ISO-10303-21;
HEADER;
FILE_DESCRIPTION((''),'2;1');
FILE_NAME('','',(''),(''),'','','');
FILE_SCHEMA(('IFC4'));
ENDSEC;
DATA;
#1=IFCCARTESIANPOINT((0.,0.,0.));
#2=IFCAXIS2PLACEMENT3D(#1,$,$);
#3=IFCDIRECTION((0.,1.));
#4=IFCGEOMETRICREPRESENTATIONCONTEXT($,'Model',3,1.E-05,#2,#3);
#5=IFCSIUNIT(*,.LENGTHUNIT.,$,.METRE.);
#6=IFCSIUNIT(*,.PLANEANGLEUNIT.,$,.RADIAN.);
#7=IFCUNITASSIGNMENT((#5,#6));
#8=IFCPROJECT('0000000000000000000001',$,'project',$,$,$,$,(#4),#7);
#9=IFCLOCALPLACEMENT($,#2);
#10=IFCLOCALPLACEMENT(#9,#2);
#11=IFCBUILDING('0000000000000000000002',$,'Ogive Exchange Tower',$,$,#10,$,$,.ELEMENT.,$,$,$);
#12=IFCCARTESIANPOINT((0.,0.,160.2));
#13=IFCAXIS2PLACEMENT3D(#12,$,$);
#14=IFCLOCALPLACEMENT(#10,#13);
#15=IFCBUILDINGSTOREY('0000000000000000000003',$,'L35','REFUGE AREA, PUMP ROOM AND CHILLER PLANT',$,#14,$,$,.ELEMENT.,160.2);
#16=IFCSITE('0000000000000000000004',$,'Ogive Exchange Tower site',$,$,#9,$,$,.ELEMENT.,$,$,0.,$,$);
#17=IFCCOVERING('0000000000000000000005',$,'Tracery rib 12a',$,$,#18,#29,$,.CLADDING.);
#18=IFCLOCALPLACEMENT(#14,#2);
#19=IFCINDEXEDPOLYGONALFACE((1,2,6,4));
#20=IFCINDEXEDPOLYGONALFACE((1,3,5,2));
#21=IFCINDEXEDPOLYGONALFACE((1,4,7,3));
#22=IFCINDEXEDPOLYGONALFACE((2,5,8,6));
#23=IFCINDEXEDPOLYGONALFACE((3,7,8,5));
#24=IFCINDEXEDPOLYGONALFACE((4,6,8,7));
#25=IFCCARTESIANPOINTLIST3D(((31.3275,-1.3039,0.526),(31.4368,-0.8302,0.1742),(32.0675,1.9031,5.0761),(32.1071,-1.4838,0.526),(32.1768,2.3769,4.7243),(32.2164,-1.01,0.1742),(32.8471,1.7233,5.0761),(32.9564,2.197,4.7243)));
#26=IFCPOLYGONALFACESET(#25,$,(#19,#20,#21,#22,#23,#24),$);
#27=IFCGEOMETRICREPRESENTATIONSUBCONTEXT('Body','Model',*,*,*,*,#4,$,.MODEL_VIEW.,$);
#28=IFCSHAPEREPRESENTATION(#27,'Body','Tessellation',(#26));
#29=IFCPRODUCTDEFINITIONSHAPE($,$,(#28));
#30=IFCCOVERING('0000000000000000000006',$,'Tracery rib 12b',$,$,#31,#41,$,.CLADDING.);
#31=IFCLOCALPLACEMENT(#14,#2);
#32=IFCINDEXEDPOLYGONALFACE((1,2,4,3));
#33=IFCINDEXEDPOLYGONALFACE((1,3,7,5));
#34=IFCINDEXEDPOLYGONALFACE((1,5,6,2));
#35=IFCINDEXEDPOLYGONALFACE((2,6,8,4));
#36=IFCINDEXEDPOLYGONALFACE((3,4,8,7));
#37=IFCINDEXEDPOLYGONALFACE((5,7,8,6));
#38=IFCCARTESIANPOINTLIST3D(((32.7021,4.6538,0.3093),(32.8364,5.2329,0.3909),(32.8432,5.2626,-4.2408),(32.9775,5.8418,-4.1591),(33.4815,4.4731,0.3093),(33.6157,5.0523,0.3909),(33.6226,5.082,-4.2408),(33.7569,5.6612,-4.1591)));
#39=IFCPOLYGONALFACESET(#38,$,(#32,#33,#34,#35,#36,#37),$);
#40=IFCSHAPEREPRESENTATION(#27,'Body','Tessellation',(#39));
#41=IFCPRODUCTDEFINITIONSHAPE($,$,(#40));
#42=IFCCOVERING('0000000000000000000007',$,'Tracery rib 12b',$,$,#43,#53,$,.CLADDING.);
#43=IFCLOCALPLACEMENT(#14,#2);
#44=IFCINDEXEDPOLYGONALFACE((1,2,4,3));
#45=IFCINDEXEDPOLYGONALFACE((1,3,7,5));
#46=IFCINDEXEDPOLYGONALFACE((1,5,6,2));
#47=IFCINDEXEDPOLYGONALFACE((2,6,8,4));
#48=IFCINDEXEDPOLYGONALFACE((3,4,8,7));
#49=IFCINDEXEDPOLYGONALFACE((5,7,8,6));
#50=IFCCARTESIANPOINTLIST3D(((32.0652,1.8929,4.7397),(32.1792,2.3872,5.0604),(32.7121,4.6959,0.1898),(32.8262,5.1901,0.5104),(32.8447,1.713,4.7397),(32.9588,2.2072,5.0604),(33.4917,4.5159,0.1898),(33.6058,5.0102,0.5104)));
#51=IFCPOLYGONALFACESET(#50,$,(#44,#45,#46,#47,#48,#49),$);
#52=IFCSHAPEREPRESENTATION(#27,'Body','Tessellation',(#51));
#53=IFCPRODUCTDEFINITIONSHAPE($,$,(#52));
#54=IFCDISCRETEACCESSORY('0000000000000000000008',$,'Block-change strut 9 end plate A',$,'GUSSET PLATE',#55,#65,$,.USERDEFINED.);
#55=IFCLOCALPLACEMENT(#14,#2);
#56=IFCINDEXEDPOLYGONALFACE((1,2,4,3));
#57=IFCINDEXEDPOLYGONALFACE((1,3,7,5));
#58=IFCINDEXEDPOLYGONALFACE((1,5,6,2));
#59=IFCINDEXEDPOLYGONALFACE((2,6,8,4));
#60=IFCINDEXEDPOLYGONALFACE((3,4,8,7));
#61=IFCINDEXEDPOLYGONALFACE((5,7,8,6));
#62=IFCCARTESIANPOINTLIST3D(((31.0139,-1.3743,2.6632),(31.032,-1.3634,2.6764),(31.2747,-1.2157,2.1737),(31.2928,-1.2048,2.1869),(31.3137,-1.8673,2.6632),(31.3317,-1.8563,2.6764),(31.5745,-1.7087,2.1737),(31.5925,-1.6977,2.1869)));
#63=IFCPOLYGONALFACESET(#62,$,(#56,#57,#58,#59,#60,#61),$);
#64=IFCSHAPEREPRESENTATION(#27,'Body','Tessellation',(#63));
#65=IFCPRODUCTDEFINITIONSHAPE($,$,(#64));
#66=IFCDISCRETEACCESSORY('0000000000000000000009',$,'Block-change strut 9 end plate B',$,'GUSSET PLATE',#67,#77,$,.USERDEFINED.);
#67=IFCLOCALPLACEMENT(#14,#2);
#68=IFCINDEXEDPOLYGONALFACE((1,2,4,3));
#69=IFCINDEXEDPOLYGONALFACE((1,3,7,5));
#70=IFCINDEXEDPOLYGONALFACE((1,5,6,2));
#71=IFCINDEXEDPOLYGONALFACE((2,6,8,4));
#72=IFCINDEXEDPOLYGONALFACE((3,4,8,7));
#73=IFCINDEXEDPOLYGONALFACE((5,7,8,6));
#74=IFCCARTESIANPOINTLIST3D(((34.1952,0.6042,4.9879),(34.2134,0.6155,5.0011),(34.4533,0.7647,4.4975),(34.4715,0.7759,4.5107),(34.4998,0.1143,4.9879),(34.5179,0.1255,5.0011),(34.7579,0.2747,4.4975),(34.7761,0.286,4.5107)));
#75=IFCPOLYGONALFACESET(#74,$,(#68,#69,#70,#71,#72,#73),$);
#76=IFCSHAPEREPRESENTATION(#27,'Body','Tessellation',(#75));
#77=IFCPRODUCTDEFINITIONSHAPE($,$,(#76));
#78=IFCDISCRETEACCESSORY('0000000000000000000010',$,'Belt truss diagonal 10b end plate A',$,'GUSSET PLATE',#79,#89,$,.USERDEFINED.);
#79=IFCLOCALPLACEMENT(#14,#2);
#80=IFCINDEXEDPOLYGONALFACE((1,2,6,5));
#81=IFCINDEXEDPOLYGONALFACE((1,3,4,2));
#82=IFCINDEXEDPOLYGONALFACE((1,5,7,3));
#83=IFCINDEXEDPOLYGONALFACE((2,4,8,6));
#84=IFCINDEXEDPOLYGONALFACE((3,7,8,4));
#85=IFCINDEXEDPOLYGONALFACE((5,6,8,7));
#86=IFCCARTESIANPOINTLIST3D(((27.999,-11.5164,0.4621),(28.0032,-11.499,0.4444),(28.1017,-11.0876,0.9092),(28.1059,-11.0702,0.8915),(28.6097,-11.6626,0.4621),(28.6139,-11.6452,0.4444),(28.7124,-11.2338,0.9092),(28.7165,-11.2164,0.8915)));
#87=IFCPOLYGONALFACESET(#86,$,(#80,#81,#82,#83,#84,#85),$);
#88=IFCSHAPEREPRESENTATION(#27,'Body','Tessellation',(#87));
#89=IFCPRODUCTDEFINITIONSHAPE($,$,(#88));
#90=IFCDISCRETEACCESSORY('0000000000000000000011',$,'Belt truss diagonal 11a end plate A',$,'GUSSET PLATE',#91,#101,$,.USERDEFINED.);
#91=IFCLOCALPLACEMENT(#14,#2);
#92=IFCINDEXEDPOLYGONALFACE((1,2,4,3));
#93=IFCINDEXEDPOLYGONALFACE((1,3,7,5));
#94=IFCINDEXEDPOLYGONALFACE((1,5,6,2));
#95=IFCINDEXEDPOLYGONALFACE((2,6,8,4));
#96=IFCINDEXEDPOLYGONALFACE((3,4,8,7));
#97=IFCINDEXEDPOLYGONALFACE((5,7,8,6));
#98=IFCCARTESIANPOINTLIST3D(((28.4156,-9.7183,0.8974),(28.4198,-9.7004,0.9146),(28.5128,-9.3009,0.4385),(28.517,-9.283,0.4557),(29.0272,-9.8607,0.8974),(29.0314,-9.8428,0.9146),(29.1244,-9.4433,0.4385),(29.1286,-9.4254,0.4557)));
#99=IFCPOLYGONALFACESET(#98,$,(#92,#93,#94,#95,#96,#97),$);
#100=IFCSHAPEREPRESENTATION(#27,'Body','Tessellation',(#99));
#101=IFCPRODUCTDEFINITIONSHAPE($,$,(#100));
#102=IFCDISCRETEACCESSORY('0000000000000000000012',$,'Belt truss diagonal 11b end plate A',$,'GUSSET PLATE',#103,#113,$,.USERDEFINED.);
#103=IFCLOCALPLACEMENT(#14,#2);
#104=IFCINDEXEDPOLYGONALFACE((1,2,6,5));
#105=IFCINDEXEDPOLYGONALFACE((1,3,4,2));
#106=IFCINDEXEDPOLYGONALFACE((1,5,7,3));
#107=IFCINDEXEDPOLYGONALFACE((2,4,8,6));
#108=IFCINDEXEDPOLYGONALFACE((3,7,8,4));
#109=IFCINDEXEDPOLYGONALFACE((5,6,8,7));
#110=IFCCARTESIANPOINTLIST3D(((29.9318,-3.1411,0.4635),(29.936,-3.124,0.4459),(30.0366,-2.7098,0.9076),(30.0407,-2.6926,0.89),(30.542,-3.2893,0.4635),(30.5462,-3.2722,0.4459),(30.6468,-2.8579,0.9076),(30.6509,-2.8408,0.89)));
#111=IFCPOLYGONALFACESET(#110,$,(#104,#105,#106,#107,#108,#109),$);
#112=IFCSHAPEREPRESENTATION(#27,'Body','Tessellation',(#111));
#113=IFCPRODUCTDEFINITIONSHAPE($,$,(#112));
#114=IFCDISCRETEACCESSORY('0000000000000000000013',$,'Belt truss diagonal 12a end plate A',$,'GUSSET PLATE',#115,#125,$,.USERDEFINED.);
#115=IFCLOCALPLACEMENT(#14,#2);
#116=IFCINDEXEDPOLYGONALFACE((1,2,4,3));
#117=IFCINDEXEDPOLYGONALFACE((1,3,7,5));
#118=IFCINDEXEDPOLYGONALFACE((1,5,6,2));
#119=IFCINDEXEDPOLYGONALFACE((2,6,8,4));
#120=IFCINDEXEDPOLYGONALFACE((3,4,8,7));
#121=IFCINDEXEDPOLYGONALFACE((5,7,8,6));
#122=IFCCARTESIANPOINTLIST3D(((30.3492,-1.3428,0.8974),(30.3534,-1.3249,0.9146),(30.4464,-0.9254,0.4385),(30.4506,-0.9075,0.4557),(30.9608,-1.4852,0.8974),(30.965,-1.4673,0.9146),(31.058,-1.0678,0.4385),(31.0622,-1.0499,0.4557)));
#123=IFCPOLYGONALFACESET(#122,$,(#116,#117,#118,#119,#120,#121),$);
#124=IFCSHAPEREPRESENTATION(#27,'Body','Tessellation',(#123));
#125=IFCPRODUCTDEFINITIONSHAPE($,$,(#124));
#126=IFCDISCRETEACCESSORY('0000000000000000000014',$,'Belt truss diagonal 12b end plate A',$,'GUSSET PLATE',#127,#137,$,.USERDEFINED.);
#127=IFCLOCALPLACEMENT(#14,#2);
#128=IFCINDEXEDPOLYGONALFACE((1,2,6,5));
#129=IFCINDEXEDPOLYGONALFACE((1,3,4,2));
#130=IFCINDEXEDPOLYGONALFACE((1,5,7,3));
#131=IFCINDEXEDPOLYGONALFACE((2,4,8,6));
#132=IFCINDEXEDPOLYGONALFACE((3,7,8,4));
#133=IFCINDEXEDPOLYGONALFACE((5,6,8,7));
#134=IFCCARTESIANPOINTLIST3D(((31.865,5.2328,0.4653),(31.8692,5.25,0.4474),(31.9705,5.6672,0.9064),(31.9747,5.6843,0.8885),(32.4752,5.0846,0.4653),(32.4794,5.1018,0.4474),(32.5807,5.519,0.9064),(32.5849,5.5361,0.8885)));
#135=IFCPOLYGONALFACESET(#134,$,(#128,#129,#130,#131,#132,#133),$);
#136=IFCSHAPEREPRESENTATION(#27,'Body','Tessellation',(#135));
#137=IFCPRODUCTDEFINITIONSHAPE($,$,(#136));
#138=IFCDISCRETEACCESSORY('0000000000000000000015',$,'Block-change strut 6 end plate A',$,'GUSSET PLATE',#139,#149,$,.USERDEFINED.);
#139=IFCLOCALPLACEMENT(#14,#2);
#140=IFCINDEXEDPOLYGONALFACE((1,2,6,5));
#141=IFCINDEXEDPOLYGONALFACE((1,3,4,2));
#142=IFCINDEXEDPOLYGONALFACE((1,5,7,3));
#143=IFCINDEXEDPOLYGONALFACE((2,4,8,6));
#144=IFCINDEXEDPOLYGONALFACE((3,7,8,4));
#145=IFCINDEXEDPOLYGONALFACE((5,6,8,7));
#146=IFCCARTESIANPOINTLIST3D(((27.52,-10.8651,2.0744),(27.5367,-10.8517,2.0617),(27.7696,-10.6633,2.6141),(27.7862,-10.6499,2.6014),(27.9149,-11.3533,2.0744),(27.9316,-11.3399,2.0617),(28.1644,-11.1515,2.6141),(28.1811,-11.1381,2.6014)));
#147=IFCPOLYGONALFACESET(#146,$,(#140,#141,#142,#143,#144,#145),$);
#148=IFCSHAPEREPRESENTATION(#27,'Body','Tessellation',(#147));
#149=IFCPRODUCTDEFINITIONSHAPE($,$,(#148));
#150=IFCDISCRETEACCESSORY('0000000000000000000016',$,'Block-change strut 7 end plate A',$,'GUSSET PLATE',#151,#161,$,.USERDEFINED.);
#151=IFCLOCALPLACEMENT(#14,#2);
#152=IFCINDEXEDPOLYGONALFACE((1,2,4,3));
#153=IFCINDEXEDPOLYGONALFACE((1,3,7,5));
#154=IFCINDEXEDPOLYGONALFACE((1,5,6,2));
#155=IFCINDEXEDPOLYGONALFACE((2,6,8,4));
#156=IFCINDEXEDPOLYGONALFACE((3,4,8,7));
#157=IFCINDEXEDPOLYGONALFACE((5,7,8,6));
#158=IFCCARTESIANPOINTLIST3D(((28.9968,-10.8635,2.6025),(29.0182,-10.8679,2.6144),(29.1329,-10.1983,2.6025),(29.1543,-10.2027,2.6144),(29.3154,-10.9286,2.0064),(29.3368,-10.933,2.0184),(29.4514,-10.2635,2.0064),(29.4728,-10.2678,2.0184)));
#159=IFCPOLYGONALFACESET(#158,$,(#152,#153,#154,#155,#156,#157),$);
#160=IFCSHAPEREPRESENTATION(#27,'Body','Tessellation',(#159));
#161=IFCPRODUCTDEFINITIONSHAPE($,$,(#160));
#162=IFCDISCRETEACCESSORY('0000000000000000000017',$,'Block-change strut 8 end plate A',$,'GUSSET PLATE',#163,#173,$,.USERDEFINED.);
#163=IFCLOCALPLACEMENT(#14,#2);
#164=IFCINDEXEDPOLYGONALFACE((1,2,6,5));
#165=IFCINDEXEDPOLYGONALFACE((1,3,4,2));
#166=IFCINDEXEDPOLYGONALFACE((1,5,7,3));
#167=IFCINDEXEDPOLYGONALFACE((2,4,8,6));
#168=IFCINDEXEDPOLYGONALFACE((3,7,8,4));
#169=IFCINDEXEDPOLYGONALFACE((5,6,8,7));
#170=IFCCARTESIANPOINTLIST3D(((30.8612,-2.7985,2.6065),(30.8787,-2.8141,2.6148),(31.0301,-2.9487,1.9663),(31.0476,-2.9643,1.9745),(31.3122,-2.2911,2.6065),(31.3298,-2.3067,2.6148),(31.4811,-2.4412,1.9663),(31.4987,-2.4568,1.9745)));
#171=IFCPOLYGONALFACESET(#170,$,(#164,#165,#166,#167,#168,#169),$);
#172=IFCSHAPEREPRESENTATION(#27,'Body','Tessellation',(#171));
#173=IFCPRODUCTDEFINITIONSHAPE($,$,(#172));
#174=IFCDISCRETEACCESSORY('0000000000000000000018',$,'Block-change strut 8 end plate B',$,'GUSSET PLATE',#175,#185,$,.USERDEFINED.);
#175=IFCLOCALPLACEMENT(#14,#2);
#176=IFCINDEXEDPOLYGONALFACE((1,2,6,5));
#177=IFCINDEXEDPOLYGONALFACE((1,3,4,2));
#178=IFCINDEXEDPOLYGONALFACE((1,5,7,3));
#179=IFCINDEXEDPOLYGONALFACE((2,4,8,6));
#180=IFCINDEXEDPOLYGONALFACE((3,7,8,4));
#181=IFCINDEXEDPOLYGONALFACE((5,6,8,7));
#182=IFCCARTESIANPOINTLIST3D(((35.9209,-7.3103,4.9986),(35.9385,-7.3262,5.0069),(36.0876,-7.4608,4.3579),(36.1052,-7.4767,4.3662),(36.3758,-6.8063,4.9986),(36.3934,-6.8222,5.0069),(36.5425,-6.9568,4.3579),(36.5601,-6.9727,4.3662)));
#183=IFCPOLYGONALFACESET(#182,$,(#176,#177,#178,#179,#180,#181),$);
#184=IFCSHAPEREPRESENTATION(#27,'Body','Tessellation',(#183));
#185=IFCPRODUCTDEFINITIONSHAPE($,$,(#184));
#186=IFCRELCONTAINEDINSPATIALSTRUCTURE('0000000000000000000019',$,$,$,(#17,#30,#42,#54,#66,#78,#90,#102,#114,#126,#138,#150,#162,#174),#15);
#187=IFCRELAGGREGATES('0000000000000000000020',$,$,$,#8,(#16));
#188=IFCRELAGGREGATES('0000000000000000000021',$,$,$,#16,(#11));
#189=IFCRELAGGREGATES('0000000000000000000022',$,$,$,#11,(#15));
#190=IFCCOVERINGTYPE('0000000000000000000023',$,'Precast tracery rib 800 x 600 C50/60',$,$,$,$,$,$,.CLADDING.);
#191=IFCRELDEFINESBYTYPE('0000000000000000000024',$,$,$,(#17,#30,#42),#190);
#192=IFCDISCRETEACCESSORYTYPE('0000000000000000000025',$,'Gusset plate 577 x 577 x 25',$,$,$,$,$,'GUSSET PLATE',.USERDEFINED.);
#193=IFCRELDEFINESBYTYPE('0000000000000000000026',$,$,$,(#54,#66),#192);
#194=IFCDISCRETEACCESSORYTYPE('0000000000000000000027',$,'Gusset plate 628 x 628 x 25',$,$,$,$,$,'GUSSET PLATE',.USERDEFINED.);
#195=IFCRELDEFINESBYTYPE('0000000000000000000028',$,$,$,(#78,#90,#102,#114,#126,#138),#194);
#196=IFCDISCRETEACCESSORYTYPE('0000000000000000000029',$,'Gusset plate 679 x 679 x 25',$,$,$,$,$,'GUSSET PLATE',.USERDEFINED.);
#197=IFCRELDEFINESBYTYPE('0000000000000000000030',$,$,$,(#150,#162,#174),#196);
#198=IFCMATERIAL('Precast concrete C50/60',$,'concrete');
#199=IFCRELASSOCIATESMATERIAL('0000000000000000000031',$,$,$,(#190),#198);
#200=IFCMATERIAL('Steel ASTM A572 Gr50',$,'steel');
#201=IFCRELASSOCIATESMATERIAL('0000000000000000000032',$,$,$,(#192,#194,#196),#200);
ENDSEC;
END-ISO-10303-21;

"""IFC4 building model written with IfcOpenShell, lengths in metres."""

from ifc_helpers import new_model, si_unit, direction, frame, origin, origin_2d, place, context, subcontext, project, spatial, rectangle, extrude, material, material_profile, profile_set, type_object, element, save


model = new_model("IFC4")

# Units and contexts
model_context = context("Model", 3, precision=1e-05, world=origin(), true_north=direction((0.0, 1.0)))
body_context = subcontext(model_context, "Body", "Model", "MODEL_VIEW")
ifc_project = project(units=[si_unit("LENGTHUNIT", "METRE"), si_unit("PLANEANGLEUNIT", "RADIAN")], contexts=[model_context])

# Site, building, storey
site_placement = place(None, origin())
site = spatial("IfcSite", under=ifc_project, at=site_placement, Name="Ogive Exchange Tower site", CompositionType="ELEMENT", RefElevation=0.0)
building_placement = place(site_placement, origin())
building = spatial("IfcBuilding", under=site, at=building_placement, Name="Ogive Exchange Tower", CompositionType="ELEMENT")
storey_placement = place(building_placement, frame((0.0, 0.0, 160.2)))
storey = spatial("IfcBuildingStorey", under=building, at=storey_placement, Name="L35", Description="REFUGE AREA, PUMP ROOM AND CHILLER PLANT", CompositionType="ELEMENT", Elevation=160.2)

# Coverings
ifc_material_1 = material(Name="Precast concrete C50/60", Category="concrete")
ifc_material_profile_1 = material_profile(ifc_material_1, rectangle(XDim=0.8, YDim=0.6001, at=origin_2d()), Name="RIB 800 x 600")
ifc_profile_set_1 = profile_set([ifc_material_profile_1], Name="Precast concrete C50/60")
covering_type = type_object("IfcCoveringType", Name="Precast tracery rib 800 x 600 C50/60", PredefinedType="CLADDING", material=ifc_profile_set_1)
covering_1_placement = place(storey_placement, frame((31.772, -1.157, 0.3501), z_axis=(0.131773, 0.571088, 0.810244), x_axis=(-0.974397, 0.224832, 0.0)))
element("IfcCovering", 1, at=covering_1_placement, inside=storey, type_object=covering_type, Name="Tracery rib 12a", PredefinedType="CLADDING", context=body_context, shape_type="SweptSolid", body=[
    extrude(rectangle(XDim=0.8, YDim=0.6001, at=origin_2d()), origin(), (0.0, 0.0, 1.0), 5.6157),
])
covering_2_placement = place(storey_placement, frame((33.3, 5.4619, -4.2), z_axis=(-0.030725, -0.132575, 0.990697), x_axis=(0.97418, -0.225772, 0.0)))
element("IfcCovering", 2, at=covering_2_placement, inside=storey, type_object=covering_type, Name="Tracery rib 12b", PredefinedType="CLADDING", context=body_context, shape_type="SweptSolid", body=[
    extrude(rectangle(XDim=0.8, YDim=0.6001, at=origin_2d()), origin(), (0.0, 0.0, 1.0), 4.5928),
])
covering_3_placement = place(storey_placement, frame((33.1589, 4.853, 0.3501), z_axis=(-0.120185, -0.520696, 0.845241), x_axis=(0.974381, -0.224903, 0.0)))
element("IfcCovering", 3, at=covering_3_placement, inside=storey, type_object=covering_type, Name="Tracery rib 12b", PredefinedType="CLADDING", context=body_context, shape_type="SweptSolid", body=[
    extrude(rectangle(XDim=0.8, YDim=0.6001, at=origin_2d()), origin(), (0.0, 0.0, 1.0), 5.3831),
])

# Discrete accessories
ifc_material_2 = material(Name="Steel ASTM A572 Gr50", Category="steel")
ifc_material_profile_2 = material_profile(ifc_material_2, rectangle(XDim=0.5769, YDim=0.5769, at=origin_2d()), Name="PL 577 x 577 x 25")
ifc_profile_set_2 = profile_set([ifc_material_profile_2], Name="Steel ASTM A572 Gr50")
discrete_accessory_type_1 = type_object("IfcDiscreteAccessoryType", Name="Gusset plate 577 x 577 x 25", ElementType="GUSSET PLATE", PredefinedType="USERDEFINED", material=ifc_profile_set_2)
discrete_accessory_1_placement = place(storey_placement, frame((31.2942, -1.5415, 2.4185), z_axis=(0.725037, 0.440901, 0.529081), x_axis=(-0.519581, 0.854421, 0.0)))
element("IfcDiscreteAccessory", 4, at=discrete_accessory_1_placement, inside=storey, type_object=discrete_accessory_type_1, Name="Block-change strut 9 end plate A", ObjectType="GUSSET PLATE", PredefinedType="USERDEFINED", context=body_context, shape_type="SweptSolid", body=[
    extrude(rectangle(XDim=0.5769, YDim=0.5769, at=origin_2d()), origin(), (0.0, 0.0, 1.0), 0.0249),
])
discrete_accessory_2_placement = place(storey_placement, frame((34.4766, 0.4395, 4.7427), z_axis=(0.721891, 0.448743, 0.526785), x_axis=(-0.527934, 0.849285, 0.0)))
element("IfcDiscreteAccessory", 5, at=discrete_accessory_2_placement, inside=storey, type_object=discrete_accessory_type_1, Name="Block-change strut 9 end plate B", ObjectType="GUSSET PLATE", PredefinedType="USERDEFINED", context=body_context, shape_type="SweptSolid", body=[
    extrude(rectangle(XDim=0.5769, YDim=0.5769, at=origin_2d()), origin(), (0.0, 0.0, 1.0), 0.0251),
])
ifc_material_profile_3 = material_profile(ifc_material_2, rectangle(XDim=0.6279, YDim=0.6279, at=origin_2d()), Name="PL 628 x 628 x 25")
ifc_profile_set_3 = profile_set([ifc_material_profile_3], Name="Steel ASTM A572 Gr50")
discrete_accessory_type_2 = type_object("IfcDiscreteAccessoryType", Name="Gusset plate 628 x 628 x 25", ElementType="GUSSET PLATE", PredefinedType="USERDEFINED", material=ifc_profile_set_3)
for number, where, z_axis, x_axis, name in (
    (6, (28.3599, -11.3577, 0.668), (-0.165793, -0.692428, 0.70218), (0.972511, -0.232855, 0.0), "Belt truss diagonal 10b end plate A"),
    (7, (28.77, -9.5808, 0.668), (0.165761, 0.711797, 0.682545), (-0.97394, 0.226808, 0.0), "Belt truss diagonal 11a end plate A"),
):
    element("IfcDiscreteAccessory", number, at=place(storey_placement, frame(where, z_axis=z_axis, x_axis=x_axis)), inside=storey, type_object=discrete_accessory_type_2, Name=name, ObjectType="GUSSET PLATE", PredefinedType="USERDEFINED", context=body_context, shape_type="SweptSolid", body=[
        extrude(rectangle(XDim=0.6279, YDim=0.6279, at=origin_2d()), origin(), (0.0, 0.0, 1.0), 0.0251),
    ])
discrete_accessory_3_placement = place(storey_placement, frame((30.2935, -2.9824, 0.668), z_axis=(-0.166916, -0.687299, 0.706936), x_axis=(0.971754, -0.235997, 0.0)))
element("IfcDiscreteAccessory", 8, at=discrete_accessory_3_placement, inside=storey, type_object=discrete_accessory_type_2, Name="Belt truss diagonal 11b end plate A", ObjectType="GUSSET PLATE", PredefinedType="USERDEFINED", context=body_context, shape_type="SweptSolid", body=[
    extrude(rectangle(XDim=0.6279, YDim=0.6279, at=origin_2d()), origin(), (0.0, 0.0, 1.0), 0.0249),
])
for number, where, z_axis, x_axis, name in (
    (9, (30.7036, -1.2053, 0.668), (0.165761, 0.711797, 0.682545), (-0.97394, 0.226808, 0.0), "Belt truss diagonal 12a end plate A"),
    (10, (32.2271, 5.3931, 0.668), (-0.165761, -0.682545, 0.711797), (0.971754, -0.235997, 0.0), "Belt truss diagonal 12b end plate A"),
):
    element("IfcDiscreteAccessory", number, at=place(storey_placement, frame(where, z_axis=z_axis, x_axis=x_axis)), inside=storey, type_object=discrete_accessory_type_2, Name=name, ObjectType="GUSSET PLATE", PredefinedType="USERDEFINED", context=body_context, shape_type="SweptSolid", body=[
        extrude(rectangle(XDim=0.6279, YDim=0.6279, at=origin_2d()), origin(), (0.0, 0.0, 1.0), 0.0251),
    ])
discrete_accessory_4_placement = place(storey_placement, frame((27.8589, -10.9949, 2.3315), z_axis=(-0.668307, -0.540542, 0.511058), x_axis=(0.628869, -0.777511, 0.0)))
element("IfcDiscreteAccessory", 11, at=discrete_accessory_4_placement, inside=storey, type_object=discrete_accessory_type_2, Name="Block-change strut 6 end plate A", ObjectType="GUSSET PLATE", PredefinedType="USERDEFINED", context=body_context, shape_type="SweptSolid", body=[
    extrude(rectangle(XDim=0.6279, YDim=0.6279, at=origin_2d()), origin(), (0.0, 0.0, 1.0), 0.0249),
])
ifc_material_profile_4 = material_profile(ifc_material_2, rectangle(XDim=0.679, YDim=0.679, at=origin_2d()), Name="PL 679 x 679 x 25")
ifc_profile_set_4 = profile_set([ifc_material_profile_4], Name="Steel ASTM A572 Gr50")
discrete_accessory_type_3 = type_object("IfcDiscreteAccessoryType", Name="Gusset plate 679 x 679 x 25", ElementType="GUSSET PLATE", PredefinedType="USERDEFINED", material=ifc_profile_set_4)
for number, where, z_axis, x_axis, name in (
    (12, (29.2241, -10.5635, 2.3044), (0.860063, -0.175922, 0.478899), (0.200396, 0.979715, 0.0), "Block-change strut 7 end plate A"),
    (13, (31.1711, -2.6199, 2.2864), (0.704799, -0.626488, 0.332822), (0.664364, 0.747409, 0.0), "Block-change strut 8 end plate A"),
):
    element("IfcDiscreteAccessory", number, at=place(storey_placement, frame(where, z_axis=z_axis, x_axis=x_axis)), inside=storey, type_object=discrete_accessory_type_3, Name=name, ObjectType="GUSSET PLATE", PredefinedType="USERDEFINED", context=body_context, shape_type="SweptSolid", body=[
        extrude(rectangle(XDim=0.679, YDim=0.679, at=origin_2d()), origin(), (0.0, 0.0, 1.0), 0.0249),
    ])
for number, where, z_axis, x_axis, name in (
    (14, (36.2317, -7.1335, 4.6782), (0.700483, -0.632381, 0.330784), (0.670103, 0.742268, 0.0), "Block-change strut 8 end plate B"),
):
    element("IfcDiscreteAccessory", number, at=place(storey_placement, frame(where, z_axis=z_axis, x_axis=x_axis)), inside=storey, type_object=discrete_accessory_type_3, Name=name, ObjectType="GUSSET PLATE", PredefinedType="USERDEFINED", context=body_context, shape_type="SweptSolid", body=[
        extrude(rectangle(XDim=0.679, YDim=0.679, at=origin_2d()), origin(), (0.0, 0.0, 1.0), 0.0251),
    ])

save(model, "model.ifc")
